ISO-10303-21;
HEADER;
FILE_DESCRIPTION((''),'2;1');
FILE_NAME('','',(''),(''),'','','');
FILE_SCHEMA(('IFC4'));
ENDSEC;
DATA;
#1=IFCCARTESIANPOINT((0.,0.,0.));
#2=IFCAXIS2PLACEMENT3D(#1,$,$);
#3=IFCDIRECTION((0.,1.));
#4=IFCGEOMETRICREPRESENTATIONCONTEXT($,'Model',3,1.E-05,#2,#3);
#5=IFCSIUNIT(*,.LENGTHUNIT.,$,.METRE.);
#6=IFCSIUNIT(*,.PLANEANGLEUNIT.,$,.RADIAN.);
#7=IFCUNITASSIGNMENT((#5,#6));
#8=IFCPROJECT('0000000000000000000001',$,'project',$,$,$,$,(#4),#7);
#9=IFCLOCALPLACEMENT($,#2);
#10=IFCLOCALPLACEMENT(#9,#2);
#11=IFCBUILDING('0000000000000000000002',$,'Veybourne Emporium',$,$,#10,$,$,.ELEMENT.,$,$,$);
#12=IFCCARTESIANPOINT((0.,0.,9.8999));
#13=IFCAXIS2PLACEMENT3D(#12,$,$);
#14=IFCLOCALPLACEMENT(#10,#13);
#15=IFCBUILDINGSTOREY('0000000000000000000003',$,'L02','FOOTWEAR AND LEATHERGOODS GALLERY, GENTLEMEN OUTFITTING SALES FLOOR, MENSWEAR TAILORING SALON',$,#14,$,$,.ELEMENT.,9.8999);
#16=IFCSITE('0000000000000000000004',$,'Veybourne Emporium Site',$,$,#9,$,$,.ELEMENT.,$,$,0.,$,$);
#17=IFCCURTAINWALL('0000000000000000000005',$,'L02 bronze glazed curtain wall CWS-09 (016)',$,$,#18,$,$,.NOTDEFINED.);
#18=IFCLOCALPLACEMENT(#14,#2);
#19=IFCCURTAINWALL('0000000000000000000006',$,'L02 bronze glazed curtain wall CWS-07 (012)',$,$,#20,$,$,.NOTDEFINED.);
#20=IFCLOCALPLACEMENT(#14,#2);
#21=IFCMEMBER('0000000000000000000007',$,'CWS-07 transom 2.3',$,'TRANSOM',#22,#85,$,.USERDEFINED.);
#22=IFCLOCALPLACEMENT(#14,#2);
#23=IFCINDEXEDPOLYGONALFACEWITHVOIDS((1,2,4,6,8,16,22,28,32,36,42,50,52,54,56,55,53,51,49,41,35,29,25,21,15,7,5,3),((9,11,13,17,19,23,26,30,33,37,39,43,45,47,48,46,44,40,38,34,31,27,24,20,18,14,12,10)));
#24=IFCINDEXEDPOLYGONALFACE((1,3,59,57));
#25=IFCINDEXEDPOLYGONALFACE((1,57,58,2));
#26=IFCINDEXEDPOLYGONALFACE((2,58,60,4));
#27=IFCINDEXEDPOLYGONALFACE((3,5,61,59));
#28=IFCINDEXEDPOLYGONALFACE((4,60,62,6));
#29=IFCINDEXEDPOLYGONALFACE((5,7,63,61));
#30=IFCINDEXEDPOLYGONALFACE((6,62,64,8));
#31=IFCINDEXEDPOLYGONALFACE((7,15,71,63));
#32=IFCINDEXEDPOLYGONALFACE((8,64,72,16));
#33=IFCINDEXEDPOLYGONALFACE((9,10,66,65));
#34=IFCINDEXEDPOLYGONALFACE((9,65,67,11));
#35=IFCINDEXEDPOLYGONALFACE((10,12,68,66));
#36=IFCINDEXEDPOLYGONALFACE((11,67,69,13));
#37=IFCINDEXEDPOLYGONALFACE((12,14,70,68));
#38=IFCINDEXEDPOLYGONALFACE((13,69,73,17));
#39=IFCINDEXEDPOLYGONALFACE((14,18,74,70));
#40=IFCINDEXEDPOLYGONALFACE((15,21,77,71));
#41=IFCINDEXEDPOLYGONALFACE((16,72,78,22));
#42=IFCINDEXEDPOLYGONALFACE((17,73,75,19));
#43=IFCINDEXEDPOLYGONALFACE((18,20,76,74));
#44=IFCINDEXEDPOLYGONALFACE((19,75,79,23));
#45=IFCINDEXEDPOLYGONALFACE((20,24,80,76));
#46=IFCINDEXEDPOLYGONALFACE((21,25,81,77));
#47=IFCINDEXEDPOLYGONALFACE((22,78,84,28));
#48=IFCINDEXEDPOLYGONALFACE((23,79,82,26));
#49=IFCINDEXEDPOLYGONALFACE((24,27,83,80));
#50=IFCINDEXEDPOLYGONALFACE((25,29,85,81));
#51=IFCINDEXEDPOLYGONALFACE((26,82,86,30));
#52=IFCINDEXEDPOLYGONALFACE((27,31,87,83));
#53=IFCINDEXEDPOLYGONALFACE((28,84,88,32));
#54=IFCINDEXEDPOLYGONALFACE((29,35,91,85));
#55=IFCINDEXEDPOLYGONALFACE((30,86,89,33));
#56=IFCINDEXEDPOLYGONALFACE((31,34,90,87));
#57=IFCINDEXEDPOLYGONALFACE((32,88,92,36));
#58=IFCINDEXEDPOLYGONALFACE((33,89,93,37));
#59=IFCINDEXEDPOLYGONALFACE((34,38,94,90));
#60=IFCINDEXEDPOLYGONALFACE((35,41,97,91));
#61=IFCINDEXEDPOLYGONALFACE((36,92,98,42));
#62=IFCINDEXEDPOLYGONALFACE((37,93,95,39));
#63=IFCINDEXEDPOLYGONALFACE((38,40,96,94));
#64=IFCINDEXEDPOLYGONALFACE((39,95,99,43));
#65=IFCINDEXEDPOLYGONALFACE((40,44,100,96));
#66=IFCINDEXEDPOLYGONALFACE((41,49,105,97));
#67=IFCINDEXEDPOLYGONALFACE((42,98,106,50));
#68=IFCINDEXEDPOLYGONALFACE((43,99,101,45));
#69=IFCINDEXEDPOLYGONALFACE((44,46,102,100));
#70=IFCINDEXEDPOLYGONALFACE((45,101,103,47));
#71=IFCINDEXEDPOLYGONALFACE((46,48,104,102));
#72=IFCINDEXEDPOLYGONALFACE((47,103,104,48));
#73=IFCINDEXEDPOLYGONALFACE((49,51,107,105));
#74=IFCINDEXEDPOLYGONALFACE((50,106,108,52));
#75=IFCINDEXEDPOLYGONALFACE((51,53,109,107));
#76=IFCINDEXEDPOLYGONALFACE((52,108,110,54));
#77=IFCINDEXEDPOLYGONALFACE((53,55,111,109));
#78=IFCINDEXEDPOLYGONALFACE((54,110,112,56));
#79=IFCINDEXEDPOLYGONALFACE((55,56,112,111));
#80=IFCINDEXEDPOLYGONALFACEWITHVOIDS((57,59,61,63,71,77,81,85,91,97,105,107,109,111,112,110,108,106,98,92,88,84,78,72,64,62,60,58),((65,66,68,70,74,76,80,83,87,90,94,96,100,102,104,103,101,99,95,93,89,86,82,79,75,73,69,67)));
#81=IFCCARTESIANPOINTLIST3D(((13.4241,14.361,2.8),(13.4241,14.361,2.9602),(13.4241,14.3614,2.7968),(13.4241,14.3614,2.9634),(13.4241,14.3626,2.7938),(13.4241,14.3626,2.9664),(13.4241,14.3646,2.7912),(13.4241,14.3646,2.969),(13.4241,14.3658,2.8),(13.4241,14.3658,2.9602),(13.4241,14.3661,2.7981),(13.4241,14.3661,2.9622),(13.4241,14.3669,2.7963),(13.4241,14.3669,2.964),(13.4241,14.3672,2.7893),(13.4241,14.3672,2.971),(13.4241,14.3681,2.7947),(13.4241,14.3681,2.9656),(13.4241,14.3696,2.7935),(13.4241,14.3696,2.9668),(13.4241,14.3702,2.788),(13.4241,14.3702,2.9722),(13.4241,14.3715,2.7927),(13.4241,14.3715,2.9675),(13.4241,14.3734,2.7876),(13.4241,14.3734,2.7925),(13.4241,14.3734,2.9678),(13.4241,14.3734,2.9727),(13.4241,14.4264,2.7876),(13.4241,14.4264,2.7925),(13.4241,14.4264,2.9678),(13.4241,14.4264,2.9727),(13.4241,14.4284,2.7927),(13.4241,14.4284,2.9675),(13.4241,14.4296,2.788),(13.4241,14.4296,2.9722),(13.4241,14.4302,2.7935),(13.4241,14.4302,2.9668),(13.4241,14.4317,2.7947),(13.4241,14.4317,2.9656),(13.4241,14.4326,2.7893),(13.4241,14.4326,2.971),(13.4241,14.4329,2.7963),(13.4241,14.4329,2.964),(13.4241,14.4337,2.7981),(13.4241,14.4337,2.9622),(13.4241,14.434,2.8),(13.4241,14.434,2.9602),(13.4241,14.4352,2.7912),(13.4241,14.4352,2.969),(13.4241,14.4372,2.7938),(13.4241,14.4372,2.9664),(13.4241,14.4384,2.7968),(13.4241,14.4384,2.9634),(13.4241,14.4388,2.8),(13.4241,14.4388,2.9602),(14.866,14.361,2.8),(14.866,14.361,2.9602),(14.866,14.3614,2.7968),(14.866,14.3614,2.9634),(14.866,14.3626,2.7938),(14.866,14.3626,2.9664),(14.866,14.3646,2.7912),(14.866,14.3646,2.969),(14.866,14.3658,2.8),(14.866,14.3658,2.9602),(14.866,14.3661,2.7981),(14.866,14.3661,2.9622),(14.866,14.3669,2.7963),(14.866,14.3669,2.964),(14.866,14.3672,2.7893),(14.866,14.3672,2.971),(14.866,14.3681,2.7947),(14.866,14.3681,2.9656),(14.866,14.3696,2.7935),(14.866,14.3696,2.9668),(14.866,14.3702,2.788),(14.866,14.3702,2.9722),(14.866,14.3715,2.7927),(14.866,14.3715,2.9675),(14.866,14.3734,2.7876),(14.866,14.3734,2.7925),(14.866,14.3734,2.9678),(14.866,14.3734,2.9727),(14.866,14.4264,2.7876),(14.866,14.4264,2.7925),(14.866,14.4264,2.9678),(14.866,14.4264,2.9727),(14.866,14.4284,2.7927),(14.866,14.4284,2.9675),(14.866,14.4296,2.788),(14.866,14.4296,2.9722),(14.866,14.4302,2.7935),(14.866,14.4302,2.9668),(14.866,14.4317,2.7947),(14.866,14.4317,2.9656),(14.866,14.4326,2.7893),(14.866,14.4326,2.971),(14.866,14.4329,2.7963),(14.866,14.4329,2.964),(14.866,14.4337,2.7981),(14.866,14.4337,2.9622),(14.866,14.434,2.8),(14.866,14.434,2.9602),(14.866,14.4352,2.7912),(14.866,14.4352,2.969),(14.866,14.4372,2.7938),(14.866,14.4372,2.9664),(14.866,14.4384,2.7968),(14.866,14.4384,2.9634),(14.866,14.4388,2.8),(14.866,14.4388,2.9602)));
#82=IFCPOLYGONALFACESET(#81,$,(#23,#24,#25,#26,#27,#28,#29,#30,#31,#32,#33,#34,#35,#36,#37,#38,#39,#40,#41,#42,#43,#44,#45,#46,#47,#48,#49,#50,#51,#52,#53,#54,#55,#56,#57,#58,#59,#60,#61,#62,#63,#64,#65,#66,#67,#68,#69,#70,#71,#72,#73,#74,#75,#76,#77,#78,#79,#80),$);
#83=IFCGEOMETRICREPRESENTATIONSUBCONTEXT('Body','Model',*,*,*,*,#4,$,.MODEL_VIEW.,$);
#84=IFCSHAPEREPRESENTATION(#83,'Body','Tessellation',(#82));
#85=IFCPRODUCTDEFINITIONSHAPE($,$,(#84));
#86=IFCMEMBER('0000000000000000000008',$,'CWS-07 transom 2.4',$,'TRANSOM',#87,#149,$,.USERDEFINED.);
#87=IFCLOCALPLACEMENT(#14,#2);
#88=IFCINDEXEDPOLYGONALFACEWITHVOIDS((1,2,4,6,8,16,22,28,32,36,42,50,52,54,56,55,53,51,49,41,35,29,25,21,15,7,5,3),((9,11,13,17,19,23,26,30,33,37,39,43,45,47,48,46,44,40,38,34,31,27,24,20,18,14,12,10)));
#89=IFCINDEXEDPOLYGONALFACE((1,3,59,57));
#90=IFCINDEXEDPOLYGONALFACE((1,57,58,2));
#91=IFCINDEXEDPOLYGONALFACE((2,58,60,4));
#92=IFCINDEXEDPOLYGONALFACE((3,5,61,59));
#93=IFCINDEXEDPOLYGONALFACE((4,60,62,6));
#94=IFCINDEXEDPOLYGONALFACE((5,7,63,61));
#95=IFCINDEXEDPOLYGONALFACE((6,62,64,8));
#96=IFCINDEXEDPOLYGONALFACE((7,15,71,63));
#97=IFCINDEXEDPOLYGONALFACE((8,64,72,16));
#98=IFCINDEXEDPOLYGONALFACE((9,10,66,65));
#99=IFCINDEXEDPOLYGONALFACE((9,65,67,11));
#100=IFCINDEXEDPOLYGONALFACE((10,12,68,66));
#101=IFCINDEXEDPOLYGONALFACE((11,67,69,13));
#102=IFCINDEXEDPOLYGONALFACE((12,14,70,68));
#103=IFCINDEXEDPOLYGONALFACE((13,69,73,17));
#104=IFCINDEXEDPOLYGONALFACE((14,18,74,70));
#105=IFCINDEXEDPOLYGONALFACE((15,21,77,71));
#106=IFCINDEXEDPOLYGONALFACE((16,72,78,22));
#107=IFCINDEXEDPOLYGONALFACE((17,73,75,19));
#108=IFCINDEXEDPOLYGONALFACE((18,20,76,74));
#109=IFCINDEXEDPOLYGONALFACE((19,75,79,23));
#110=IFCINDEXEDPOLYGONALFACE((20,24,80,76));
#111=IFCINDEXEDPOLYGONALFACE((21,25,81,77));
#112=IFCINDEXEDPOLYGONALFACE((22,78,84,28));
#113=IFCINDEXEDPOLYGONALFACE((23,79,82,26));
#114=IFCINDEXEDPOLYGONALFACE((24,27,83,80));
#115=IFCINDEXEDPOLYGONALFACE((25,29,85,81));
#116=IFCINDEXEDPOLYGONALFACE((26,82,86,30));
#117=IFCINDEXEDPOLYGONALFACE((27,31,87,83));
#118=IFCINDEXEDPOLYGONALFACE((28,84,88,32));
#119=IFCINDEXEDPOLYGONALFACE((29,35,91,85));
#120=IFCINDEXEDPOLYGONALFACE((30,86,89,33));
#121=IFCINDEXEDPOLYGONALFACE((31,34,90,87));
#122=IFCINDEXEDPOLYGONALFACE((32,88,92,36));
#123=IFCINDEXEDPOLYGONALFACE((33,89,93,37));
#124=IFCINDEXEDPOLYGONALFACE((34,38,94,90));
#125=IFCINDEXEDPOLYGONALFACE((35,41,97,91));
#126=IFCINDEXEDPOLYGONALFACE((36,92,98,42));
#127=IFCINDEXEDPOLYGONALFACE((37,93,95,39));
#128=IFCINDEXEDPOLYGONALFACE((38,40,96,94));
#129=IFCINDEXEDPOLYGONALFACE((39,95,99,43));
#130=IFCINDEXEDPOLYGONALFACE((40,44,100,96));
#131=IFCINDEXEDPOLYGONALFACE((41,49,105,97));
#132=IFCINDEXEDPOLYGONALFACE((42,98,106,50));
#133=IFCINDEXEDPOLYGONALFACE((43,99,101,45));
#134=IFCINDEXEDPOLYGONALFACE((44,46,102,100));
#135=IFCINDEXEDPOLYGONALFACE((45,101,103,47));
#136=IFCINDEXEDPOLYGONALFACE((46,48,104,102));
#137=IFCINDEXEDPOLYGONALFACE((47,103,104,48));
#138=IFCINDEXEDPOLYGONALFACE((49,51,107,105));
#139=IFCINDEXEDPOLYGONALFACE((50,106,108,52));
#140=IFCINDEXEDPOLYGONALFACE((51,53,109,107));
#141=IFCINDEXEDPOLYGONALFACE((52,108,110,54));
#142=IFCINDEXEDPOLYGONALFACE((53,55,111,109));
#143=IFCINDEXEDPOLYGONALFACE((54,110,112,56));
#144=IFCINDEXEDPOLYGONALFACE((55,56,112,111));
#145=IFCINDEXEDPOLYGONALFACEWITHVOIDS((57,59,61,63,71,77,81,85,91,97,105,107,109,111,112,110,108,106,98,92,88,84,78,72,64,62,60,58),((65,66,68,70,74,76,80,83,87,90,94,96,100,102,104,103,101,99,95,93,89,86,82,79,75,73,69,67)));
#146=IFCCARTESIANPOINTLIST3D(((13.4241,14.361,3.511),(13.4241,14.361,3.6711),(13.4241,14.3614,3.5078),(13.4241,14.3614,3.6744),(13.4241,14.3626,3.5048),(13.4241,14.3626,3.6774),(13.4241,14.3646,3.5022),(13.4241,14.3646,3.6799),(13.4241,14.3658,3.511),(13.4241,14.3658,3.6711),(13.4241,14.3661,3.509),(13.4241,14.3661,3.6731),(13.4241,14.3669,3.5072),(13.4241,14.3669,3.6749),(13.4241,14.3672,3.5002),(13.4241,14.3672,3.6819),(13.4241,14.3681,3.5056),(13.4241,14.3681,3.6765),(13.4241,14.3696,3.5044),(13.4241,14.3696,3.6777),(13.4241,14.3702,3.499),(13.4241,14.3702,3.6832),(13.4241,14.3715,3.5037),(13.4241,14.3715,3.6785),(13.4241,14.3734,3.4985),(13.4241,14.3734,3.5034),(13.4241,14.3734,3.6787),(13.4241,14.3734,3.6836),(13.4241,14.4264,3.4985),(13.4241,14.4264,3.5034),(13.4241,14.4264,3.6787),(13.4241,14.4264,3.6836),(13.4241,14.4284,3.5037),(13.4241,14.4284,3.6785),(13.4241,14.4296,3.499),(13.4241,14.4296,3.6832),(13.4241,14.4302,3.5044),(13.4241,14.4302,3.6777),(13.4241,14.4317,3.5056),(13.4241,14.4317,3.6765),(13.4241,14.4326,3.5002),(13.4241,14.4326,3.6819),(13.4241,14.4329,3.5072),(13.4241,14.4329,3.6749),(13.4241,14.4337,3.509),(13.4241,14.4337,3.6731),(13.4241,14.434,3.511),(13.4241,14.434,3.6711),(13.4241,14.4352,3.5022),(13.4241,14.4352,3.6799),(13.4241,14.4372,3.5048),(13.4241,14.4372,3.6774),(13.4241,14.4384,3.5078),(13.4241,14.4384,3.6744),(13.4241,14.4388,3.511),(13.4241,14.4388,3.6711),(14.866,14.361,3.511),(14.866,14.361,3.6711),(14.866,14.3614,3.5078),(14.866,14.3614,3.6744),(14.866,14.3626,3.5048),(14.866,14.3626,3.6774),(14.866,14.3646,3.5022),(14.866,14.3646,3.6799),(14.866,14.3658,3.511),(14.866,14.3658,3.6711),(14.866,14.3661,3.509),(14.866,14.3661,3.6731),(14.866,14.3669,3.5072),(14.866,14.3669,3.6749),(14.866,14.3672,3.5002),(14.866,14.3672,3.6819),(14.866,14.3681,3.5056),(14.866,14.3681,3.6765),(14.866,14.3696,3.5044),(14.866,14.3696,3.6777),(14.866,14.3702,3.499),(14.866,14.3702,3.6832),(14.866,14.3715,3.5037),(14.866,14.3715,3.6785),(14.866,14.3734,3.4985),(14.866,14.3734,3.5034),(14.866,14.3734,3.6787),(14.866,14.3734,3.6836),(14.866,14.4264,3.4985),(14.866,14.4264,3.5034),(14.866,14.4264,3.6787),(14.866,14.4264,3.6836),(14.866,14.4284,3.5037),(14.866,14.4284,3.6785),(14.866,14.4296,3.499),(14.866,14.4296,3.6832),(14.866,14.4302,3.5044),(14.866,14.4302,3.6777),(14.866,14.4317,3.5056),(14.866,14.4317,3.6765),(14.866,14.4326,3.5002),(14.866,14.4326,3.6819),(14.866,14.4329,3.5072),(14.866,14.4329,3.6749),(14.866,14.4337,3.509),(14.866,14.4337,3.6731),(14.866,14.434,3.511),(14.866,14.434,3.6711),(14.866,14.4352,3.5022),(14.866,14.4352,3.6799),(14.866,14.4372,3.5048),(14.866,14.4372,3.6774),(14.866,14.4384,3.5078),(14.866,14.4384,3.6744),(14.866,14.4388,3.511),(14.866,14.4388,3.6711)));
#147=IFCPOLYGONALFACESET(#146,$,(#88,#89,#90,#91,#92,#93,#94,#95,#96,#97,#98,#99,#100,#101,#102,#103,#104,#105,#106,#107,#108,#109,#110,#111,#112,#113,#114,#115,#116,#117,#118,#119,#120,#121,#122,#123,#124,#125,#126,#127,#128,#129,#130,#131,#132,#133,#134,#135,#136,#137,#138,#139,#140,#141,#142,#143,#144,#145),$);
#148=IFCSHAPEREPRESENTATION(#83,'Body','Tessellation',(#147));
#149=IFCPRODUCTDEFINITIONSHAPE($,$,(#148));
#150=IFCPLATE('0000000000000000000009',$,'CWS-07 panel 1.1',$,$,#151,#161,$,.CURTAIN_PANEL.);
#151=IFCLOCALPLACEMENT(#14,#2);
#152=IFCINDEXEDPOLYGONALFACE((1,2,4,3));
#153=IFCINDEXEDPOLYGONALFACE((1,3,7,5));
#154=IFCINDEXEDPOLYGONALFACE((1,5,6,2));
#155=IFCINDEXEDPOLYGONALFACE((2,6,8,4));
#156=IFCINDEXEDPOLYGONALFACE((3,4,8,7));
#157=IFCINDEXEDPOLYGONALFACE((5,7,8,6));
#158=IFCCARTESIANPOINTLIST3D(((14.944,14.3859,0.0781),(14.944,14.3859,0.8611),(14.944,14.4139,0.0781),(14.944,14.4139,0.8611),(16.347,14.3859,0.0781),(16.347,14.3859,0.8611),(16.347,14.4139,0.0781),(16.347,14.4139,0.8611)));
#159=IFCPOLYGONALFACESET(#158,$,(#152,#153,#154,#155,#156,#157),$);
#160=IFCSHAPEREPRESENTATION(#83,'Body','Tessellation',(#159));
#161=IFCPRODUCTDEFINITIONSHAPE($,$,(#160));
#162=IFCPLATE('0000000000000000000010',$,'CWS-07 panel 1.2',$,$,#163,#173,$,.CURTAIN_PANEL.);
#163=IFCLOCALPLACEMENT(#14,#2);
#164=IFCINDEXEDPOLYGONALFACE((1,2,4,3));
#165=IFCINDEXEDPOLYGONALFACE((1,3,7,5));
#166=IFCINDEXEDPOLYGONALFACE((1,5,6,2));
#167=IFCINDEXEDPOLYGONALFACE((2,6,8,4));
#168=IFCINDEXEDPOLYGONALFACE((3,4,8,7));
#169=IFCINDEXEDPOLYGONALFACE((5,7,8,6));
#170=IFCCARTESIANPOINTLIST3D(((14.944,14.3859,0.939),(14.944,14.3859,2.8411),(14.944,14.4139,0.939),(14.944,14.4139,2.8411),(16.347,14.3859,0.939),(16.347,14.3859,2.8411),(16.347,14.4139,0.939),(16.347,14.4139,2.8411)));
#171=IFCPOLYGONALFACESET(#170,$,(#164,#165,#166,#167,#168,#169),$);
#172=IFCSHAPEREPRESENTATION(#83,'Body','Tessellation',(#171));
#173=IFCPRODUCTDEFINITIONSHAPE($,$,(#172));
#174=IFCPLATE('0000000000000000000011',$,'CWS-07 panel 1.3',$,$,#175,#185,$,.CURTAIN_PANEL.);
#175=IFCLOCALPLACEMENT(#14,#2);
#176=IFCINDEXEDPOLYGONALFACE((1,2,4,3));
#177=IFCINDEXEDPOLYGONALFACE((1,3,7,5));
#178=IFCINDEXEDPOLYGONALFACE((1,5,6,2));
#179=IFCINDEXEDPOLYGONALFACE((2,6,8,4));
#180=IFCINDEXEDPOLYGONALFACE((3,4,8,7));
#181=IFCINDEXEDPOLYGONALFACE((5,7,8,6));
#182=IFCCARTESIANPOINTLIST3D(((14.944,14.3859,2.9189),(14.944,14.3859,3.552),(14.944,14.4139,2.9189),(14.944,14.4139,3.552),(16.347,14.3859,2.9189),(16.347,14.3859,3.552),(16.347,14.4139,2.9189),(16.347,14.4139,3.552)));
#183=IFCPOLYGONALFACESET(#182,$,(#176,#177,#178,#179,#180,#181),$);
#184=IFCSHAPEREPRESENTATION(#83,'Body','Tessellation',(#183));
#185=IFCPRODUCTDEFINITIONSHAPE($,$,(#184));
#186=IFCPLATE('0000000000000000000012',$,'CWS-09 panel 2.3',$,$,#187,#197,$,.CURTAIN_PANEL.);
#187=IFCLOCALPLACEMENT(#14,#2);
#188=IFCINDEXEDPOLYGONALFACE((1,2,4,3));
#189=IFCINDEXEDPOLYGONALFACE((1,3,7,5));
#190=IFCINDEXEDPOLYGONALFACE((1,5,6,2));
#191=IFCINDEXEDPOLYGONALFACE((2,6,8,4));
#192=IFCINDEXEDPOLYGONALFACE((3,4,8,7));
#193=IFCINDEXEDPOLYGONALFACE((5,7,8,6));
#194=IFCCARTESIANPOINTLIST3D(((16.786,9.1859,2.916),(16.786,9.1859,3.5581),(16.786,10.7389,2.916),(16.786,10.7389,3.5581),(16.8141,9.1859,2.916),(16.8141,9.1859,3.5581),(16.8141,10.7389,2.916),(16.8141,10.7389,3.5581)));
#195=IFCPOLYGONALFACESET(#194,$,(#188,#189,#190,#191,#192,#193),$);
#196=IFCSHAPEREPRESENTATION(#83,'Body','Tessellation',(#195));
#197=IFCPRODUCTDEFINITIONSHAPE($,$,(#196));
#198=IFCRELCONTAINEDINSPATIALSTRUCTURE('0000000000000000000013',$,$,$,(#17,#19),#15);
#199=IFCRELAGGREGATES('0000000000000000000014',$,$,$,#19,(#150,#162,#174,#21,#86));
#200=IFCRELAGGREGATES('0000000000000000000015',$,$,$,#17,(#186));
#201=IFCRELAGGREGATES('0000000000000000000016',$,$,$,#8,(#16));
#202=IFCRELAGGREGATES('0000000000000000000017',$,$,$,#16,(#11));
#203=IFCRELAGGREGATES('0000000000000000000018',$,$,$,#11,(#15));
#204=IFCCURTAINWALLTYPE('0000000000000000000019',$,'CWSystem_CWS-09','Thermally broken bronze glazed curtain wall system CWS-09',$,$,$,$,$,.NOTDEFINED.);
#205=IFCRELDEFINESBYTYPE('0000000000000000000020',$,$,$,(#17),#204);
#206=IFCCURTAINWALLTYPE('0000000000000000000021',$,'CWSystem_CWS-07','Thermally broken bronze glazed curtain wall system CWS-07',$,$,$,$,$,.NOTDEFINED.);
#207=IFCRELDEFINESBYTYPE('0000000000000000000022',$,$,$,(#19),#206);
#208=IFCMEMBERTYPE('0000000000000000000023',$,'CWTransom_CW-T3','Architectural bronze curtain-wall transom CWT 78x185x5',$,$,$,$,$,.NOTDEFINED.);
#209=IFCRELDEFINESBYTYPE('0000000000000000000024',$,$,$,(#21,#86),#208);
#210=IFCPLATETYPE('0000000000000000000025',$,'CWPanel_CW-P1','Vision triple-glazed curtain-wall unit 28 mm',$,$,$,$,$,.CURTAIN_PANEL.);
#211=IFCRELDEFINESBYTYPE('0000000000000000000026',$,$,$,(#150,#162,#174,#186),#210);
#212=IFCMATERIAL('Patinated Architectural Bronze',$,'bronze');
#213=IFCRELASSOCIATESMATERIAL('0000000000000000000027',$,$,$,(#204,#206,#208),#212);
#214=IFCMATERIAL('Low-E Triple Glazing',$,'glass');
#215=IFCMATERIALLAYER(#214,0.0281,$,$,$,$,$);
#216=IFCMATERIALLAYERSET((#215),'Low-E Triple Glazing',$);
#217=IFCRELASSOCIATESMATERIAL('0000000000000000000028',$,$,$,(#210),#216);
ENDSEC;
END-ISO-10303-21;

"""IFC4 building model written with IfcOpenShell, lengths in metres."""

from ifc_helpers import new_model, si_unit, direction, frame, origin, origin_2d, place, context, subcontext, project, spatial, rectangle, hollow_rectangle, extrude, material, layer, layer_set, material_profile, profile_set, type_object, element, aggregate, save


model = new_model("IFC4")

# Units and contexts
model_context = context("Model", 3, precision=1e-05, world=origin(), true_north=direction((0.0, 1.0)))
body_context = subcontext(model_context, "Body", "Model", "MODEL_VIEW")
ifc_project = project(units=[si_unit("LENGTHUNIT", "METRE"), si_unit("PLANEANGLEUNIT", "RADIAN")], contexts=[model_context])

# Site, building, storey
site_placement = place(None, origin())
site = spatial("IfcSite", under=ifc_project, at=site_placement, Name="Veybourne Emporium Site", CompositionType="ELEMENT", RefElevation=0.0)
building_placement = place(site_placement, origin())
building = spatial("IfcBuilding", under=site, at=building_placement, Name="Veybourne Emporium", CompositionType="ELEMENT")
storey_placement = place(building_placement, frame((0.0, 0.0, 9.8999)))
storey = spatial("IfcBuildingStorey", under=building, at=storey_placement, Name="L02", Description="FOOTWEAR AND LEATHERGOODS GALLERY, GENTLEMEN OUTFITTING SALES FLOOR, MENSWEAR TAILORING SALON", CompositionType="ELEMENT", Elevation=9.8999)

# Curtain walls
ifc_material_1 = material(Name="Patinated Architectural Bronze", Category="bronze")
curtain_wall_type_1 = type_object("IfcCurtainWallType", Name="CWSystem_CWS-09", Description="Thermally broken bronze glazed curtain wall system CWS-09", PredefinedType="NOTDEFINED", material=ifc_material_1)
curtain_wall_1_placement = place(storey_placement, origin())
curtain_wall_1 = element("IfcCurtainWall", 1, at=curtain_wall_1_placement, inside=storey, type_object=curtain_wall_type_1, Name="L02 bronze glazed curtain wall CWS-09 (016)", PredefinedType="NOTDEFINED")
curtain_wall_type_2 = type_object("IfcCurtainWallType", Name="CWSystem_CWS-07", Description="Thermally broken bronze glazed curtain wall system CWS-07", PredefinedType="NOTDEFINED", material=ifc_material_1)
curtain_wall_2_placement = place(storey_placement, origin())
curtain_wall_2 = element("IfcCurtainWall", 2, at=curtain_wall_2_placement, inside=storey, type_object=curtain_wall_type_2, Name="L02 bronze glazed curtain wall CWS-07 (012)", PredefinedType="NOTDEFINED")

# Members
ifc_material_profile_1 = material_profile(ifc_material_1, hollow_rectangle(XDim=0.0779, YDim=0.1851, WallThickness=0.0049, InnerFilletRadius=0.0076, OuterFilletRadius=0.0125, at=origin_2d()), Name="CWT 78x185x5")
ifc_profile_set_1 = profile_set([ifc_material_profile_1], Name="Patinated Architectural Bronze")
member_type_1 = type_object("IfcMemberType", Name="CWTransom_CW-T3", Description="Architectural bronze curtain-wall transom CWT 78x185x5", PredefinedType="NOTDEFINED", material=ifc_profile_set_1)
member_1_placement = place(storey_placement, frame((14.866, 14.3999, 2.8801), z_axis=(-1.0, 0.0, 0.0), x_axis=(0.0, -1.0, 0.0)))
member_1 = element("IfcMember", 3, at=member_1_placement, type_object=member_type_1, Name="CWS-07 transom 2.3", ObjectType="TRANSOM", PredefinedType="USERDEFINED", context=body_context, shape_type="SweptSolid", body=[
    extrude(hollow_rectangle(XDim=0.0779, YDim=0.1851, WallThickness=0.0049, InnerFilletRadius=0.0076, OuterFilletRadius=0.0125, at=origin_2d()), origin(), (0.0, 0.0, 1.0), 1.4419),
])
member_2_placement = place(storey_placement, frame((14.866, 14.3999, 3.5911), z_axis=(-1.0, 0.0, 0.0), x_axis=(0.0, -1.0, 0.0)))
member_2 = element("IfcMember", 4, at=member_2_placement, type_object=member_type_1, Name="CWS-07 transom 2.4", ObjectType="TRANSOM", PredefinedType="USERDEFINED", context=body_context, shape_type="SweptSolid", body=[
    extrude(hollow_rectangle(XDim=0.0779, YDim=0.1851, WallThickness=0.0049, InnerFilletRadius=0.0076, OuterFilletRadius=0.0125, at=origin_2d()), origin(), (0.0, 0.0, 1.0), 1.4419),
])

# Plates
ifc_material_2 = material(Name="Low-E Triple Glazing", Category="glass")
ifc_layer_1 = layer(ifc_material_2, 0.0281)
ifc_layer_set_1 = layer_set([ifc_layer_1], Name="Low-E Triple Glazing")
plate_type = type_object("IfcPlateType", Name="CWPanel_CW-P1", Description="Vision triple-glazed curtain-wall unit 28 mm", PredefinedType="CURTAIN_PANEL", material=ifc_layer_set_1)
plate_1_placement = place(storey_placement, frame((15.6455, 14.3999, 0.0781), z_axis=(0.0, 0.0, 1.0), x_axis=(-1.0, 0.0, 0.0)))
plate_1 = element("IfcPlate", 5, at=plate_1_placement, type_object=plate_type, Name="CWS-07 panel 1.1", PredefinedType="CURTAIN_PANEL", context=body_context, shape_type="SweptSolid", body=[
    extrude(rectangle(XDim=1.4031, YDim=0.0281, at=origin_2d()), origin(), (0.0, 0.0, 1.0), 0.783),
])
plate_2_placement = place(storey_placement, frame((15.6455, 14.3999, 0.939), z_axis=(0.0, 0.0, 1.0), x_axis=(-1.0, 0.0, 0.0)))
plate_2 = element("IfcPlate", 6, at=plate_2_placement, type_object=plate_type, Name="CWS-07 panel 1.2", PredefinedType="CURTAIN_PANEL", context=body_context, shape_type="SweptSolid", body=[
    extrude(rectangle(XDim=1.4031, YDim=0.0281, at=origin_2d()), origin(), (0.0, 0.0, 1.0), 1.9021),
])
plate_3_placement = place(storey_placement, frame((15.6455, 14.3999, 2.9189), z_axis=(0.0, 0.0, 1.0), x_axis=(-1.0, 0.0, 0.0)))
plate_3 = element("IfcPlate", 7, at=plate_3_placement, type_object=plate_type, Name="CWS-07 panel 1.3", PredefinedType="CURTAIN_PANEL", context=body_context, shape_type="SweptSolid", body=[
    extrude(rectangle(XDim=1.4031, YDim=0.0281, at=origin_2d()), origin(), (0.0, 0.0, 1.0), 0.6331),
])
aggregate(curtain_wall_2, [plate_1, plate_2, plate_3, member_1, member_2])
plate_4_placement = place(storey_placement, frame((16.8, 9.9624, 2.916), z_axis=(0.0, 0.0, 1.0), x_axis=(0.0, 1.0, 0.0)))
plate_4 = element("IfcPlate", 8, at=plate_4_placement, type_object=plate_type, Name="CWS-09 panel 2.3", PredefinedType="CURTAIN_PANEL", context=body_context, shape_type="SweptSolid", body=[
    extrude(rectangle(XDim=1.553, YDim=0.0281, at=origin_2d()), origin(), (0.0, 0.0, 1.0), 0.6421),
])
aggregate(curtain_wall_1, [plate_4])

save(model, "model.ifc")
